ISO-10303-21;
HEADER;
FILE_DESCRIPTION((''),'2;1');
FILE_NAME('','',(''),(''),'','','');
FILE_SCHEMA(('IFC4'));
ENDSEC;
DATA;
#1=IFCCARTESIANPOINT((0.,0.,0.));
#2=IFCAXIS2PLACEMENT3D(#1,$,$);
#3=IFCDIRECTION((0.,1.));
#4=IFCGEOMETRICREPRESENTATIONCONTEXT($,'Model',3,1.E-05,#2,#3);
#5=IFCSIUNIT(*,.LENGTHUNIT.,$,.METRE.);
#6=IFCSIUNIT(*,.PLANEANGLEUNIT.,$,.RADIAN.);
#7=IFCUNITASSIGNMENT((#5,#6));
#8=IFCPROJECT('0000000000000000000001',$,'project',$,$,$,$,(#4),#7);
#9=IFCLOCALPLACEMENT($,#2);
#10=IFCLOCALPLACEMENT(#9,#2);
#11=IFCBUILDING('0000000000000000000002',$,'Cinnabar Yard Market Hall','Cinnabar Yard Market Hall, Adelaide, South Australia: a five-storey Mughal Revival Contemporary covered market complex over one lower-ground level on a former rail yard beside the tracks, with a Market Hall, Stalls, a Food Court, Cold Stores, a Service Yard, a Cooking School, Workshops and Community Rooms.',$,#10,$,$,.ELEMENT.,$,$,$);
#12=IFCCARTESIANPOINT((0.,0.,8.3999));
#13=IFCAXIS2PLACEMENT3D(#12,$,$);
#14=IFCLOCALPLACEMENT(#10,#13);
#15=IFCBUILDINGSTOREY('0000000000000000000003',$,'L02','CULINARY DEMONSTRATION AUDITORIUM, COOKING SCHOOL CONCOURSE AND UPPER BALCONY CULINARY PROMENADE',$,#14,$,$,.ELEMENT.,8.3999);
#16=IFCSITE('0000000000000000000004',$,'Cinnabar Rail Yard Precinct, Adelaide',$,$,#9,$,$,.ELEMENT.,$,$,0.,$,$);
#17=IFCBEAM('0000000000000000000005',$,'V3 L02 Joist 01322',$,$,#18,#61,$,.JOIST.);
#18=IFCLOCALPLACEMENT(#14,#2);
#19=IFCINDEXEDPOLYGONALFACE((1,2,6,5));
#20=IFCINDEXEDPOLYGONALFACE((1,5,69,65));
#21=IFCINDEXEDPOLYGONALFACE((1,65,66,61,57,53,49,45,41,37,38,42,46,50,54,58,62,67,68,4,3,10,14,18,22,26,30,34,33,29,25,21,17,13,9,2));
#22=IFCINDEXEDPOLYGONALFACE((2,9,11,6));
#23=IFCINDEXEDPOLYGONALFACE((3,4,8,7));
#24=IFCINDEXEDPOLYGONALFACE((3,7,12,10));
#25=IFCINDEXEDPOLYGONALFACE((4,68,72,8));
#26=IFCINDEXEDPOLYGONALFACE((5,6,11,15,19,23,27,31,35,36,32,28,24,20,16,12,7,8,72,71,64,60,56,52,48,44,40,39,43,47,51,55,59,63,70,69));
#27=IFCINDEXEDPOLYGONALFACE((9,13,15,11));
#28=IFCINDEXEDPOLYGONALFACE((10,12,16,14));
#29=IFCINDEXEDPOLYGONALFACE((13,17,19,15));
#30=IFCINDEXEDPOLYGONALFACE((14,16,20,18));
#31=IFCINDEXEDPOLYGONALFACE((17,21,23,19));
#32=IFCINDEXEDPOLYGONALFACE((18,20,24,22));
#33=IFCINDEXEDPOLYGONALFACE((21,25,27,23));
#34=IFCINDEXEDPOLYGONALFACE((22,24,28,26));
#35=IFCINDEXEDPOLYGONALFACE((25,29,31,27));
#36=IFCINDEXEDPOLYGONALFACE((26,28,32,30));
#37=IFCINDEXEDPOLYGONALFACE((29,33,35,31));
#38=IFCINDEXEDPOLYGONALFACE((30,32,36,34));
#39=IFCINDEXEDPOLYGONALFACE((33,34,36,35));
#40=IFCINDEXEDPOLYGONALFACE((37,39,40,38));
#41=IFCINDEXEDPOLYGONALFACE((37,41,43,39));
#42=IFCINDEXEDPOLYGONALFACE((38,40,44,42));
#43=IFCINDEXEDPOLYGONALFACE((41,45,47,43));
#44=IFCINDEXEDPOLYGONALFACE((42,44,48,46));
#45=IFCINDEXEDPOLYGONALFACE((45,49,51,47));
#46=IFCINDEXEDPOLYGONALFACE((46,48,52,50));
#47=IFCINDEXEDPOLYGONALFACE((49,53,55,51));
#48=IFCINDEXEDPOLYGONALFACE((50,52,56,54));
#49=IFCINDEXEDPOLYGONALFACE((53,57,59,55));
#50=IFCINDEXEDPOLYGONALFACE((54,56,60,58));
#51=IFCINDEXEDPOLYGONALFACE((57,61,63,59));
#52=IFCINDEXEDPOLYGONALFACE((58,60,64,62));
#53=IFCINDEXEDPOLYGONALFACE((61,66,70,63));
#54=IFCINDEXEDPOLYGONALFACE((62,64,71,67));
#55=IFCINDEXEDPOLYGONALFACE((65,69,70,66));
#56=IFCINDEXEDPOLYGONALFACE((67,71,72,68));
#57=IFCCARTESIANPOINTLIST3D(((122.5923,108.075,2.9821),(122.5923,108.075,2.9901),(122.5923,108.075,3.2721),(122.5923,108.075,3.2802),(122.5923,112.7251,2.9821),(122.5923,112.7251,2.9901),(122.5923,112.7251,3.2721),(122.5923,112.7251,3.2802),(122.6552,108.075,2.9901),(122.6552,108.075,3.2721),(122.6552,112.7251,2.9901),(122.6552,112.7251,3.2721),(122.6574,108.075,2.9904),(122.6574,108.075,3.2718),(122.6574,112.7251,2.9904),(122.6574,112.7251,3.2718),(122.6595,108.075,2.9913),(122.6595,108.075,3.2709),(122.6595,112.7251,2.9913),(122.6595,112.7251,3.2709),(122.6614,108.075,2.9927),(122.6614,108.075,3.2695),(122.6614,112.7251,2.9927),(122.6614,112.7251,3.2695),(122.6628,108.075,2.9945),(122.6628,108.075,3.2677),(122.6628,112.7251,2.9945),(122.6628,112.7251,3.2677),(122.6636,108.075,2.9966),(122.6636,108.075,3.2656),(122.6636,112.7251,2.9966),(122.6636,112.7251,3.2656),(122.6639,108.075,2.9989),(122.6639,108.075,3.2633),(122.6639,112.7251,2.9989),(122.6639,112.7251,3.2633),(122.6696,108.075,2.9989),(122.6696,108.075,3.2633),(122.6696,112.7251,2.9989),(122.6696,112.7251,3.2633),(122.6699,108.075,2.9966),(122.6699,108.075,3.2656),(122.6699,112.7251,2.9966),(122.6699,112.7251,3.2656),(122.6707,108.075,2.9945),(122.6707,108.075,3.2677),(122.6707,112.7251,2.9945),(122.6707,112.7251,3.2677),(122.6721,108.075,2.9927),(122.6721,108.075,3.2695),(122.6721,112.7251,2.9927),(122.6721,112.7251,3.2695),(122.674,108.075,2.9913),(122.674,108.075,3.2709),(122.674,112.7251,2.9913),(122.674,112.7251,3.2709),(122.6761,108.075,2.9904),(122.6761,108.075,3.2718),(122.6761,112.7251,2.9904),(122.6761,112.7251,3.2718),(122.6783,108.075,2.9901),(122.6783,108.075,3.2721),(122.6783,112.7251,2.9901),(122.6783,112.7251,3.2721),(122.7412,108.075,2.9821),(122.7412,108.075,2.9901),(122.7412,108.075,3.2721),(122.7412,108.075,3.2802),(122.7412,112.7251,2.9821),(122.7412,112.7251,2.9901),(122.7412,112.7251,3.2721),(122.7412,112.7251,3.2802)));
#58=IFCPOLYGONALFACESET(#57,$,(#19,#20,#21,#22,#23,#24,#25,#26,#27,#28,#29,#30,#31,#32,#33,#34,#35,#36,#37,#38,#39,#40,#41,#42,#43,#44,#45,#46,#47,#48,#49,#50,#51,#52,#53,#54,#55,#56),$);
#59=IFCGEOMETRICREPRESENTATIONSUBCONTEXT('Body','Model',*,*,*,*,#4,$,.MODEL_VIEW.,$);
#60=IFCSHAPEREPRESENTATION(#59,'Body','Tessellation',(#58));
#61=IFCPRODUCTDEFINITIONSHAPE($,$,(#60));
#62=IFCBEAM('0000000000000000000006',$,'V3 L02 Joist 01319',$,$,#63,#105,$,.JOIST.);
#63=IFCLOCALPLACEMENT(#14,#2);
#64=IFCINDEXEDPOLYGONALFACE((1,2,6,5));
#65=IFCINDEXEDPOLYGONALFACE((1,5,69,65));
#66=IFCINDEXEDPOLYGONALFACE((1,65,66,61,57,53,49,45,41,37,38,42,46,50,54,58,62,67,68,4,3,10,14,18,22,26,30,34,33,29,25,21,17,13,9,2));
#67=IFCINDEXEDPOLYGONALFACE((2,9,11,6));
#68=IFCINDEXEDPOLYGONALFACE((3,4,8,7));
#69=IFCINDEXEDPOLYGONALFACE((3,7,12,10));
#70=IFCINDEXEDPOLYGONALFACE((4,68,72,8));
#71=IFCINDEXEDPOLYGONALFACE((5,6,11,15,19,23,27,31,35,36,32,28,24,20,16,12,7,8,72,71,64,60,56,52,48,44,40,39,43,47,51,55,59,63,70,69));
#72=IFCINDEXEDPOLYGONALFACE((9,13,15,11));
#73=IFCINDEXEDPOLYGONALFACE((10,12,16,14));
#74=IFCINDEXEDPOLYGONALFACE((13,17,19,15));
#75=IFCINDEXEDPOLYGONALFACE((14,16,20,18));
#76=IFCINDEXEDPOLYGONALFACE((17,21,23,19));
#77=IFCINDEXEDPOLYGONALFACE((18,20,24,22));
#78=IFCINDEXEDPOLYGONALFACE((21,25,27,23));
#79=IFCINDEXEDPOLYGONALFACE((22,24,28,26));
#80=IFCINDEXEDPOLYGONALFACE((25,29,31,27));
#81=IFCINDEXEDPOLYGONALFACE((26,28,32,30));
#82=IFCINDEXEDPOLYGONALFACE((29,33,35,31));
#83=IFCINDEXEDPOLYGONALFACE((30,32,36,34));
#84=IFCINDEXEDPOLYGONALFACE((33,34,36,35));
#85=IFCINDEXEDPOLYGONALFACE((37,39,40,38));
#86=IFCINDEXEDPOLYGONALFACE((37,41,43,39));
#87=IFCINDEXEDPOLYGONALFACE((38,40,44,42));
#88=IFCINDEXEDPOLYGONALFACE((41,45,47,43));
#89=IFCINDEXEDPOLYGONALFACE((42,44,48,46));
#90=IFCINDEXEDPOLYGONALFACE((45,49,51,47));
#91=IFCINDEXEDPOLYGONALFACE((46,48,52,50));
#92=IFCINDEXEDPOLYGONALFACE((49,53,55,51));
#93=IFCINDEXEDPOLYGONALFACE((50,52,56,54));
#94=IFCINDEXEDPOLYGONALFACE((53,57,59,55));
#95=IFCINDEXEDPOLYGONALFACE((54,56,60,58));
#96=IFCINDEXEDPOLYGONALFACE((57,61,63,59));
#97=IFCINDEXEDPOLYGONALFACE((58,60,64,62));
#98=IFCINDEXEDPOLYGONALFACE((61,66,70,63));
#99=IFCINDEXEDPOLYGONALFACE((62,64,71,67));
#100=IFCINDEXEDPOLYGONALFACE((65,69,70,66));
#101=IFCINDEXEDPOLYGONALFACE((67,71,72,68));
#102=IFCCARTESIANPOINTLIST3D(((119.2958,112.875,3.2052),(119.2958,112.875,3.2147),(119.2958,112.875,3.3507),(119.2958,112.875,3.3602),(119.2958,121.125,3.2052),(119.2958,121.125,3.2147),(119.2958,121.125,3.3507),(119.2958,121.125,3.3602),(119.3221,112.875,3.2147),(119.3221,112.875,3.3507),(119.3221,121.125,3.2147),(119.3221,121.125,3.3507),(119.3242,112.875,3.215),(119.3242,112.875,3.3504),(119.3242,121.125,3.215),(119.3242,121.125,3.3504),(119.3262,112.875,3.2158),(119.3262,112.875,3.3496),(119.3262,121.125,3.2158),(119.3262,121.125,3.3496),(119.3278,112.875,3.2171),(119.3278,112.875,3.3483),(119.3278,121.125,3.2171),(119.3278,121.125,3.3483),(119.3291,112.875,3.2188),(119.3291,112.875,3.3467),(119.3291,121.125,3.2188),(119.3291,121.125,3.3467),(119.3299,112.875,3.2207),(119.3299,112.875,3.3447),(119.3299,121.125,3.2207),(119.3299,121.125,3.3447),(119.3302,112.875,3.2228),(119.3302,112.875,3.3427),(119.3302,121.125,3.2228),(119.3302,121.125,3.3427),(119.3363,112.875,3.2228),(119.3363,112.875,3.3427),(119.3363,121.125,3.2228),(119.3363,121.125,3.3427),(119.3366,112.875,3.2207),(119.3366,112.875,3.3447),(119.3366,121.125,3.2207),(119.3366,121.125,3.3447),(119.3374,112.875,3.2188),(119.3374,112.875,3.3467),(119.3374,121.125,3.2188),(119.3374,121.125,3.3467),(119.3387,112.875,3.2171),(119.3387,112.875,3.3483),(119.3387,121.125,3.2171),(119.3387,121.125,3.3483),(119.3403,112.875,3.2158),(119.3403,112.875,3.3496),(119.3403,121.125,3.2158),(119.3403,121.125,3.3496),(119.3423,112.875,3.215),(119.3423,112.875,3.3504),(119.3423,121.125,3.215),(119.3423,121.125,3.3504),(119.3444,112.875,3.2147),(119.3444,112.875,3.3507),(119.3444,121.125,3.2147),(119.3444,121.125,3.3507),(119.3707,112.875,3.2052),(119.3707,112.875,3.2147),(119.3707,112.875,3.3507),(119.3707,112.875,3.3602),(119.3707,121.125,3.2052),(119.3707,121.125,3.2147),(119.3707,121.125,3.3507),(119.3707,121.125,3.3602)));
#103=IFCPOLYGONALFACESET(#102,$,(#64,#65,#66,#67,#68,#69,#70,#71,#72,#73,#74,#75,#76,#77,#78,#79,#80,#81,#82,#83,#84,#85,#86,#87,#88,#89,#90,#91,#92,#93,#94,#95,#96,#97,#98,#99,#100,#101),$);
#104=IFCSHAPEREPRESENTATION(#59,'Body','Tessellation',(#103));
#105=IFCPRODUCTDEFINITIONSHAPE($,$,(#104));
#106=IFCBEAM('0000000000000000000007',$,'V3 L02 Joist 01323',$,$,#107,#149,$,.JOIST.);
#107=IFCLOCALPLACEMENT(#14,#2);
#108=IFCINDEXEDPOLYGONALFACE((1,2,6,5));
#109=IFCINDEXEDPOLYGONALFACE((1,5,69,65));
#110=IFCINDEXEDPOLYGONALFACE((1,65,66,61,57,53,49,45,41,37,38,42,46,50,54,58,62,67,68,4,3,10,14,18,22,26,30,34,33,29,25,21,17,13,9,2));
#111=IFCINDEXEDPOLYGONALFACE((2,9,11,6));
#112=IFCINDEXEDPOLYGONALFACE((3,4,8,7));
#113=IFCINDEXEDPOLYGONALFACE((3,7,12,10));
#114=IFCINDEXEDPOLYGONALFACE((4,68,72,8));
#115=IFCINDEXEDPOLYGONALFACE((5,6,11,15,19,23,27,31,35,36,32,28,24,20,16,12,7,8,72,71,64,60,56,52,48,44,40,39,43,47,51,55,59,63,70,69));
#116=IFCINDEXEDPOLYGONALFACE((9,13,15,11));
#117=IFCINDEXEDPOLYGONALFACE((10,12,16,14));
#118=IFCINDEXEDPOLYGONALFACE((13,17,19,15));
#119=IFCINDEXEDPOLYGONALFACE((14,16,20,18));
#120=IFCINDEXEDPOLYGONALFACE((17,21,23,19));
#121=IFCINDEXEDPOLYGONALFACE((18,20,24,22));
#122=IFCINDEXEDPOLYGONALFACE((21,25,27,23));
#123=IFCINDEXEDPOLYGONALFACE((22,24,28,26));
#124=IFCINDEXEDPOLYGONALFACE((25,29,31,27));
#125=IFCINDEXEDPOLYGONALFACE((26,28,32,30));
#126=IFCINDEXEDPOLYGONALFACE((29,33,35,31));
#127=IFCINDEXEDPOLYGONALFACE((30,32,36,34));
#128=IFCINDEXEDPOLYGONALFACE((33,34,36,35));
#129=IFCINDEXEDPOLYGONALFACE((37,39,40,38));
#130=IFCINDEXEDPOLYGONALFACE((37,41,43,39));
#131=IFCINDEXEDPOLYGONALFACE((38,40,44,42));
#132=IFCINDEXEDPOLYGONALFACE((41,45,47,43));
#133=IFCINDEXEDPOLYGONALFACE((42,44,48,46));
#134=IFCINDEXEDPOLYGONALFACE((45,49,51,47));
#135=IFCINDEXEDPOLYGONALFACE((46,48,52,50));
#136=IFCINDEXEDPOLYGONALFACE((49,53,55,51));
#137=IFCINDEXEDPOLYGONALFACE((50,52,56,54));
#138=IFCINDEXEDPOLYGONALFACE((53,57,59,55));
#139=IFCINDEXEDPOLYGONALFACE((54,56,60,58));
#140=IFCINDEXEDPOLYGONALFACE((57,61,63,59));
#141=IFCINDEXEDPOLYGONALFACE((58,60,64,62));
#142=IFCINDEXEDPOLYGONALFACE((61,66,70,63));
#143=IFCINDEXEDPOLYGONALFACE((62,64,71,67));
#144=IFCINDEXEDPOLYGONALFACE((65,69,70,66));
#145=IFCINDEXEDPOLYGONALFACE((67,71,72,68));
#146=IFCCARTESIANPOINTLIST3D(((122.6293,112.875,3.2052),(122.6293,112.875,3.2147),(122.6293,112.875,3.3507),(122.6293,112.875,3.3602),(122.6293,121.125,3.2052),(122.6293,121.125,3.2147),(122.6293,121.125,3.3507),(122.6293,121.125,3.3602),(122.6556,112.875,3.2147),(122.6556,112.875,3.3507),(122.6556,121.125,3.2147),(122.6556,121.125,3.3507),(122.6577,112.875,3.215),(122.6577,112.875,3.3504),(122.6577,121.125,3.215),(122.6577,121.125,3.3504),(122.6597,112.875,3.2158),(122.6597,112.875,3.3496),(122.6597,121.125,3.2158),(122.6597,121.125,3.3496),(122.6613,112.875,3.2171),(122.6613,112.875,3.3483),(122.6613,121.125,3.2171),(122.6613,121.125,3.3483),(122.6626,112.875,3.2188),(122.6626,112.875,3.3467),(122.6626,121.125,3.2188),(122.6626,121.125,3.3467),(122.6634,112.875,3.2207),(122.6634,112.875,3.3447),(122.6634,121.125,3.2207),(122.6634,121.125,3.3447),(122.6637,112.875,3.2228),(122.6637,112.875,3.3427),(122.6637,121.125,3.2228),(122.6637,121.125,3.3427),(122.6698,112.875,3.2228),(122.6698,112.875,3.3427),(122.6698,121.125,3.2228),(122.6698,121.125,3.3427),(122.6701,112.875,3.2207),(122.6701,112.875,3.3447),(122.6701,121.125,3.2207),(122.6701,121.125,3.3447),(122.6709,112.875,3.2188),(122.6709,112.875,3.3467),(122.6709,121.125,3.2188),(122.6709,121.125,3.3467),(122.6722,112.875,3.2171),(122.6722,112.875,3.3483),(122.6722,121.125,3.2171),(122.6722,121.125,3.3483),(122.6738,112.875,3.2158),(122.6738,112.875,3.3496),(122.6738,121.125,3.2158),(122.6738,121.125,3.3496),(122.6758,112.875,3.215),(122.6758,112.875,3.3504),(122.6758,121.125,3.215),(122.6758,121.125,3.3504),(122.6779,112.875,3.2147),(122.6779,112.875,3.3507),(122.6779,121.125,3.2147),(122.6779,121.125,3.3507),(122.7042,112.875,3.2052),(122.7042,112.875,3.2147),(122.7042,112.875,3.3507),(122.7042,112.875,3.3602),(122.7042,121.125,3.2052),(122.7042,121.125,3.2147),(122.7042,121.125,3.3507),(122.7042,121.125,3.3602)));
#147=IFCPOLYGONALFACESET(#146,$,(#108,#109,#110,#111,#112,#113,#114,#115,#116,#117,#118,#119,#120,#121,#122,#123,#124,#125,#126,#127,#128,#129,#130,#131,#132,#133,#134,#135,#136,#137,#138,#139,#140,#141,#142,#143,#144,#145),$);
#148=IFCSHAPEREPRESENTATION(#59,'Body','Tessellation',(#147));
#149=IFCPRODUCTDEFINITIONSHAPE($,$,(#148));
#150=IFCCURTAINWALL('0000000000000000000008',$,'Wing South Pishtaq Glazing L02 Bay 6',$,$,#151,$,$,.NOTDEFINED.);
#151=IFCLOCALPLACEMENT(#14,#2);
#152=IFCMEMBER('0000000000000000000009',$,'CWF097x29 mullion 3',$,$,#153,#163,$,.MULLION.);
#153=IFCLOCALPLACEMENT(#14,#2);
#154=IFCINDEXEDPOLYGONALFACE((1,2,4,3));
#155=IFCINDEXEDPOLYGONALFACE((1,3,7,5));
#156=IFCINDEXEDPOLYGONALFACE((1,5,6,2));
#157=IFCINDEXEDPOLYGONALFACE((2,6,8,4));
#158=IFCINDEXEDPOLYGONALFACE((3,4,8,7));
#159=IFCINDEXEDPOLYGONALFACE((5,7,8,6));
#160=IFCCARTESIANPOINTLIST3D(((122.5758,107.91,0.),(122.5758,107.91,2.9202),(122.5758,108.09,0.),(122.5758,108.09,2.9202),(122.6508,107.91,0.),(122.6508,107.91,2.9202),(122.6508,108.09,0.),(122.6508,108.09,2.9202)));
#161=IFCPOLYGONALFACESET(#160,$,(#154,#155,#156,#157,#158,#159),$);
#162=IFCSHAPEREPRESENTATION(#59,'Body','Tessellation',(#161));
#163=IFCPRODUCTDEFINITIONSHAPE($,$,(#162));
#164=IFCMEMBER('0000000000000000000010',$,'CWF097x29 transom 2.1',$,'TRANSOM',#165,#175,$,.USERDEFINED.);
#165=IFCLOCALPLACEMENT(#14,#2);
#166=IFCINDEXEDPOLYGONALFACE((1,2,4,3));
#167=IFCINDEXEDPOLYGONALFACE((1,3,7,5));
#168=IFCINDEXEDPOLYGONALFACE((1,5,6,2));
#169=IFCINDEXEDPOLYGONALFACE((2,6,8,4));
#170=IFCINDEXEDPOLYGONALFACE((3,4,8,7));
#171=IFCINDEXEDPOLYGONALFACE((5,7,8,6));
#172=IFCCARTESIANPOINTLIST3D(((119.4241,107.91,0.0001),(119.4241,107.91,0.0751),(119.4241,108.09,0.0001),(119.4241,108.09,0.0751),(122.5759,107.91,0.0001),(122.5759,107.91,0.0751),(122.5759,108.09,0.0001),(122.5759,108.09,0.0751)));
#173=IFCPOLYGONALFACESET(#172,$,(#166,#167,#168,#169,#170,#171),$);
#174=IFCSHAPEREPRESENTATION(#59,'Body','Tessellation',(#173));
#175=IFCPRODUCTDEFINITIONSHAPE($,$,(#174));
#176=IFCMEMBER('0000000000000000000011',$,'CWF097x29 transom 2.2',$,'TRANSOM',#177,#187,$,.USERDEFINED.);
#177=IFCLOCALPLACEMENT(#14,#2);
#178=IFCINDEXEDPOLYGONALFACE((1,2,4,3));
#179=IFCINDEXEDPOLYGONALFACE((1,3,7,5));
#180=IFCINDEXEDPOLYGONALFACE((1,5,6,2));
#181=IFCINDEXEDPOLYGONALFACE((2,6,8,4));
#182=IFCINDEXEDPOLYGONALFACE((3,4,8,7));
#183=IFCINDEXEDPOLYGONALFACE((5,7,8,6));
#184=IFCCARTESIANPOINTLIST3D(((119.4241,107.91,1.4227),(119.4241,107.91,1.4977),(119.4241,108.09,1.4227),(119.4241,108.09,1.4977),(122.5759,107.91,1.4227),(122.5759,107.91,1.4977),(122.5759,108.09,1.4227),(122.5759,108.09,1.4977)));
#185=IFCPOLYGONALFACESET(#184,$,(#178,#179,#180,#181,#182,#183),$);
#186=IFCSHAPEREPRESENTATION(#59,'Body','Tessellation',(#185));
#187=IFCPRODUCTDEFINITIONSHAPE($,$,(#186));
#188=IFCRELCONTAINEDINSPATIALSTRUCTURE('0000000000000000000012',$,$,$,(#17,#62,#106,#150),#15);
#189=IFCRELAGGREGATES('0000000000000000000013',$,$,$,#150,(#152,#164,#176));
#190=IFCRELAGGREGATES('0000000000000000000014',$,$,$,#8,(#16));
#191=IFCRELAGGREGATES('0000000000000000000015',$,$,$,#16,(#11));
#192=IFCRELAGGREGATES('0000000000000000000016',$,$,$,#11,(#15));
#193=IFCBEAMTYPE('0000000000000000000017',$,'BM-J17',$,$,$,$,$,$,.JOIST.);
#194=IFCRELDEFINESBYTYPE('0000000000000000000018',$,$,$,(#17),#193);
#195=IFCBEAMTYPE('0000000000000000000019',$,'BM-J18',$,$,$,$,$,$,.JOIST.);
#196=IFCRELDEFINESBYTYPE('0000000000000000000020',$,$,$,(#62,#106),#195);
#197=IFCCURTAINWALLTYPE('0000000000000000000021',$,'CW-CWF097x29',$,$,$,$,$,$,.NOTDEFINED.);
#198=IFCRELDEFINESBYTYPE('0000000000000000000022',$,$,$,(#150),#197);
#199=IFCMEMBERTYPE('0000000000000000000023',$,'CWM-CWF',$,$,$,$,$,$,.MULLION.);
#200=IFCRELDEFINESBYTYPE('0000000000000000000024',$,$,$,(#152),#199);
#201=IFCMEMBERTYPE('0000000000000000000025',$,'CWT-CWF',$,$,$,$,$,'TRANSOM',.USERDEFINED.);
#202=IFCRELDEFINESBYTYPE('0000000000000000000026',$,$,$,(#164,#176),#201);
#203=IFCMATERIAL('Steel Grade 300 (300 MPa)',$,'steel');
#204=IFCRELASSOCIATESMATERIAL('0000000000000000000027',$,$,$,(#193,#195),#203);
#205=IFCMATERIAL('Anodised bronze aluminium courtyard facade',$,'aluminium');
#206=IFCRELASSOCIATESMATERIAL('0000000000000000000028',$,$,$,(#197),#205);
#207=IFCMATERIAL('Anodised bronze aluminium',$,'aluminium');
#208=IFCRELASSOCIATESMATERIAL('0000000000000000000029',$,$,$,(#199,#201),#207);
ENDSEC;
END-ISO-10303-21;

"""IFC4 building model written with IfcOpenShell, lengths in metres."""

from ifc_helpers import new_model, si_unit, direction, frame, origin, origin_2d_with_axis, place, context, subcontext, project, spatial, rectangle, i_section, extrude, material, material_profile, profile_set, type_object, element, aggregate, save


model = new_model("IFC4")

# Units and contexts
model_context = context("Model", 3, precision=1e-05, world=origin(), true_north=direction((0.0, 1.0)))
body_context = subcontext(model_context, "Body", "Model", "MODEL_VIEW")
ifc_project = project(units=[si_unit("LENGTHUNIT", "METRE"), si_unit("PLANEANGLEUNIT", "RADIAN")], contexts=[model_context])

# Site, building, storey
site_placement = place(None, origin())
site = spatial("IfcSite", under=ifc_project, at=site_placement, Name="Cinnabar Rail Yard Precinct, Adelaide", CompositionType="ELEMENT", RefElevation=0.0)
building_placement = place(site_placement, origin())
building = spatial("IfcBuilding", under=site, at=building_placement, Name="Cinnabar Yard Market Hall", Description="Cinnabar Yard Market Hall, Adelaide, South Australia: a five-storey Mughal Revival Contemporary covered market complex over one lower-ground level on a former rail yard beside the tracks, with a Market Hall, Stalls, a Food Court, Cold Stores, a Service Yard, a Cooking School, Workshops and Community Rooms.", CompositionType="ELEMENT")
storey_placement = place(building_placement, frame((0.0, 0.0, 8.3999)))
storey = spatial("IfcBuildingStorey", under=building, at=storey_placement, Name="L02", Description="CULINARY DEMONSTRATION AUDITORIUM, COOKING SCHOOL CONCOURSE AND UPPER BALCONY CULINARY PROMENADE", CompositionType="ELEMENT", Elevation=8.3999)

# Beams
ifc_material_1 = material(Name="Steel Grade 300 (300 MPa)", Category="steel")
ifc_material_profile_1 = material_profile(ifc_material_1, i_section(OverallWidth=0.1489, OverallDepth=0.2981, WebThickness=0.0056, FlangeThickness=0.0081, FilletRadius=0.0088, at=origin_2d_with_axis()), Name="310UB32.0")
ifc_profile_set_1 = profile_set([ifc_material_profile_1], Name="Steel Grade 300 (300 MPa)")
beam_type_1 = type_object("IfcBeamType", Name="BM-J17", PredefinedType="JOIST", material=ifc_profile_set_1)
for number, where, z_axis, x_axis, name in (
    (1, (122.6667, 108.075, 3.1311), (0.0, 1.0, 0.0), (-1.0, 0.0, 0.0), "V3 L02 Joist 01322"),
):
    element("IfcBeam", number, at=place(storey_placement, frame(where, z_axis=z_axis, x_axis=x_axis)), inside=storey, type_object=beam_type_1, Name=name, PredefinedType="JOIST", context=body_context, shape_type="SweptSolid", body=[
        extrude(i_section(OverallWidth=0.1489, OverallDepth=0.2981, WebThickness=0.0056, FlangeThickness=0.0081, FilletRadius=0.0088, at=origin_2d_with_axis()), origin(), (0.0, 0.0, 1.0), 4.6501),
    ])
ifc_material_profile_2 = material_profile(ifc_material_1, i_section(OverallWidth=0.075, OverallDepth=0.155, WebThickness=0.0061, FlangeThickness=0.0095, FilletRadius=0.0081, at=origin_2d_with_axis()), Name="150UB18.0")
ifc_profile_set_2 = profile_set([ifc_material_profile_2], Name="Steel Grade 300 (300 MPa)")
beam_type_2 = type_object("IfcBeamType", Name="BM-J18", PredefinedType="JOIST", material=ifc_profile_set_2)
for number, where, z_axis, x_axis, name in (
    (2, (119.3333, 112.875, 3.2827), (0.0, 1.0, 0.0), (-1.0, 0.0, 0.0), "V3 L02 Joist 01319"),
    (3, (122.6667, 112.875, 3.2827), (0.0, 1.0, 0.0), (-1.0, 0.0, 0.0), "V3 L02 Joist 01323"),
):
    element("IfcBeam", number, at=place(storey_placement, frame(where, z_axis=z_axis, x_axis=x_axis)), inside=storey, type_object=beam_type_2, Name=name, PredefinedType="JOIST", context=body_context, shape_type="SweptSolid", body=[
        extrude(i_section(OverallWidth=0.075, OverallDepth=0.155, WebThickness=0.0061, FlangeThickness=0.0095, FilletRadius=0.0081, at=origin_2d_with_axis()), origin(), (0.0, 0.0, 1.0), 8.25),
    ])

# Curtain wall, members
ifc_material_2 = material(Name="Anodised bronze aluminium courtyard facade", Category="aluminium")
curtain_wall_type = type_object("IfcCurtainWallType", Name="CW-CWF097x29", PredefinedType="NOTDEFINED", material=ifc_material_2)
curtain_wall_placement = place(storey_placement, origin())
curtain_wall = element("IfcCurtainWall", 4, at=curtain_wall_placement, inside=storey, type_object=curtain_wall_type, Name="Wing South Pishtaq Glazing L02 Bay 6", PredefinedType="NOTDEFINED")
ifc_material_3 = material(Name="Anodised bronze aluminium", Category="aluminium")
ifc_material_profile_3 = material_profile(ifc_material_3, rectangle(XDim=0.1799, YDim=0.075, at=origin_2d_with_axis()), Name="MUL-CWF")
ifc_profile_set_3 = profile_set([ifc_material_profile_3], Name="Anodised bronze aluminium")
member_type_1 = type_object("IfcMemberType", Name="CWM-CWF", PredefinedType="MULLION", material=ifc_profile_set_3)
member_1_placement = place(storey_placement, frame((122.6133, 108.0, 0.0), z_axis=(0.0, 0.0, 1.0), x_axis=(0.0, 1.0, 0.0)))
member_1 = element("IfcMember", 5, at=member_1_placement, type_object=member_type_1, Name="CWF097x29 mullion 3", PredefinedType="MULLION", context=body_context, shape_type="SweptSolid", body=[
    extrude(rectangle(XDim=0.1799, YDim=0.075, at=origin_2d_with_axis()), origin(), (0.0, 0.0, 1.0), 2.9202),
])
ifc_material_profile_4 = material_profile(ifc_material_3, rectangle(XDim=0.1799, YDim=0.075, at=origin_2d_with_axis()), Name="TRN-CWF")
ifc_profile_set_4 = profile_set([ifc_material_profile_4], Name="Anodised bronze aluminium")
member_type_2 = type_object("IfcMemberType", Name="CWT-CWF", ElementType="TRANSOM", PredefinedType="USERDEFINED", material=ifc_profile_set_4)
member_2_placement = place(storey_placement, frame((119.4241, 108.0, 0.0376), z_axis=(1.0, 0.0, 0.0), x_axis=(0.0, 1.0, 0.0)))
member_2 = element("IfcMember", 6, at=member_2_placement, type_object=member_type_2, Name="CWF097x29 transom 2.1", ObjectType="TRANSOM", PredefinedType="USERDEFINED", context=body_context, shape_type="SweptSolid", body=[
    extrude(rectangle(XDim=0.1799, YDim=0.075, at=origin_2d_with_axis()), origin(), (0.0, 0.0, 1.0), 3.1519),
])
member_3_placement = place(storey_placement, frame((119.4241, 108.0, 1.4602), z_axis=(1.0, 0.0, 0.0), x_axis=(0.0, 1.0, 0.0)))
member_3 = element("IfcMember", 7, at=member_3_placement, type_object=member_type_2, Name="CWF097x29 transom 2.2", ObjectType="TRANSOM", PredefinedType="USERDEFINED", context=body_context, shape_type="SweptSolid", body=[
    extrude(rectangle(XDim=0.1799, YDim=0.075, at=origin_2d_with_axis()), origin(), (0.0, 0.0, 1.0), 3.1519),
])
aggregate(curtain_wall, [member_1, member_2, member_3])

save(model, "model.ifc")
